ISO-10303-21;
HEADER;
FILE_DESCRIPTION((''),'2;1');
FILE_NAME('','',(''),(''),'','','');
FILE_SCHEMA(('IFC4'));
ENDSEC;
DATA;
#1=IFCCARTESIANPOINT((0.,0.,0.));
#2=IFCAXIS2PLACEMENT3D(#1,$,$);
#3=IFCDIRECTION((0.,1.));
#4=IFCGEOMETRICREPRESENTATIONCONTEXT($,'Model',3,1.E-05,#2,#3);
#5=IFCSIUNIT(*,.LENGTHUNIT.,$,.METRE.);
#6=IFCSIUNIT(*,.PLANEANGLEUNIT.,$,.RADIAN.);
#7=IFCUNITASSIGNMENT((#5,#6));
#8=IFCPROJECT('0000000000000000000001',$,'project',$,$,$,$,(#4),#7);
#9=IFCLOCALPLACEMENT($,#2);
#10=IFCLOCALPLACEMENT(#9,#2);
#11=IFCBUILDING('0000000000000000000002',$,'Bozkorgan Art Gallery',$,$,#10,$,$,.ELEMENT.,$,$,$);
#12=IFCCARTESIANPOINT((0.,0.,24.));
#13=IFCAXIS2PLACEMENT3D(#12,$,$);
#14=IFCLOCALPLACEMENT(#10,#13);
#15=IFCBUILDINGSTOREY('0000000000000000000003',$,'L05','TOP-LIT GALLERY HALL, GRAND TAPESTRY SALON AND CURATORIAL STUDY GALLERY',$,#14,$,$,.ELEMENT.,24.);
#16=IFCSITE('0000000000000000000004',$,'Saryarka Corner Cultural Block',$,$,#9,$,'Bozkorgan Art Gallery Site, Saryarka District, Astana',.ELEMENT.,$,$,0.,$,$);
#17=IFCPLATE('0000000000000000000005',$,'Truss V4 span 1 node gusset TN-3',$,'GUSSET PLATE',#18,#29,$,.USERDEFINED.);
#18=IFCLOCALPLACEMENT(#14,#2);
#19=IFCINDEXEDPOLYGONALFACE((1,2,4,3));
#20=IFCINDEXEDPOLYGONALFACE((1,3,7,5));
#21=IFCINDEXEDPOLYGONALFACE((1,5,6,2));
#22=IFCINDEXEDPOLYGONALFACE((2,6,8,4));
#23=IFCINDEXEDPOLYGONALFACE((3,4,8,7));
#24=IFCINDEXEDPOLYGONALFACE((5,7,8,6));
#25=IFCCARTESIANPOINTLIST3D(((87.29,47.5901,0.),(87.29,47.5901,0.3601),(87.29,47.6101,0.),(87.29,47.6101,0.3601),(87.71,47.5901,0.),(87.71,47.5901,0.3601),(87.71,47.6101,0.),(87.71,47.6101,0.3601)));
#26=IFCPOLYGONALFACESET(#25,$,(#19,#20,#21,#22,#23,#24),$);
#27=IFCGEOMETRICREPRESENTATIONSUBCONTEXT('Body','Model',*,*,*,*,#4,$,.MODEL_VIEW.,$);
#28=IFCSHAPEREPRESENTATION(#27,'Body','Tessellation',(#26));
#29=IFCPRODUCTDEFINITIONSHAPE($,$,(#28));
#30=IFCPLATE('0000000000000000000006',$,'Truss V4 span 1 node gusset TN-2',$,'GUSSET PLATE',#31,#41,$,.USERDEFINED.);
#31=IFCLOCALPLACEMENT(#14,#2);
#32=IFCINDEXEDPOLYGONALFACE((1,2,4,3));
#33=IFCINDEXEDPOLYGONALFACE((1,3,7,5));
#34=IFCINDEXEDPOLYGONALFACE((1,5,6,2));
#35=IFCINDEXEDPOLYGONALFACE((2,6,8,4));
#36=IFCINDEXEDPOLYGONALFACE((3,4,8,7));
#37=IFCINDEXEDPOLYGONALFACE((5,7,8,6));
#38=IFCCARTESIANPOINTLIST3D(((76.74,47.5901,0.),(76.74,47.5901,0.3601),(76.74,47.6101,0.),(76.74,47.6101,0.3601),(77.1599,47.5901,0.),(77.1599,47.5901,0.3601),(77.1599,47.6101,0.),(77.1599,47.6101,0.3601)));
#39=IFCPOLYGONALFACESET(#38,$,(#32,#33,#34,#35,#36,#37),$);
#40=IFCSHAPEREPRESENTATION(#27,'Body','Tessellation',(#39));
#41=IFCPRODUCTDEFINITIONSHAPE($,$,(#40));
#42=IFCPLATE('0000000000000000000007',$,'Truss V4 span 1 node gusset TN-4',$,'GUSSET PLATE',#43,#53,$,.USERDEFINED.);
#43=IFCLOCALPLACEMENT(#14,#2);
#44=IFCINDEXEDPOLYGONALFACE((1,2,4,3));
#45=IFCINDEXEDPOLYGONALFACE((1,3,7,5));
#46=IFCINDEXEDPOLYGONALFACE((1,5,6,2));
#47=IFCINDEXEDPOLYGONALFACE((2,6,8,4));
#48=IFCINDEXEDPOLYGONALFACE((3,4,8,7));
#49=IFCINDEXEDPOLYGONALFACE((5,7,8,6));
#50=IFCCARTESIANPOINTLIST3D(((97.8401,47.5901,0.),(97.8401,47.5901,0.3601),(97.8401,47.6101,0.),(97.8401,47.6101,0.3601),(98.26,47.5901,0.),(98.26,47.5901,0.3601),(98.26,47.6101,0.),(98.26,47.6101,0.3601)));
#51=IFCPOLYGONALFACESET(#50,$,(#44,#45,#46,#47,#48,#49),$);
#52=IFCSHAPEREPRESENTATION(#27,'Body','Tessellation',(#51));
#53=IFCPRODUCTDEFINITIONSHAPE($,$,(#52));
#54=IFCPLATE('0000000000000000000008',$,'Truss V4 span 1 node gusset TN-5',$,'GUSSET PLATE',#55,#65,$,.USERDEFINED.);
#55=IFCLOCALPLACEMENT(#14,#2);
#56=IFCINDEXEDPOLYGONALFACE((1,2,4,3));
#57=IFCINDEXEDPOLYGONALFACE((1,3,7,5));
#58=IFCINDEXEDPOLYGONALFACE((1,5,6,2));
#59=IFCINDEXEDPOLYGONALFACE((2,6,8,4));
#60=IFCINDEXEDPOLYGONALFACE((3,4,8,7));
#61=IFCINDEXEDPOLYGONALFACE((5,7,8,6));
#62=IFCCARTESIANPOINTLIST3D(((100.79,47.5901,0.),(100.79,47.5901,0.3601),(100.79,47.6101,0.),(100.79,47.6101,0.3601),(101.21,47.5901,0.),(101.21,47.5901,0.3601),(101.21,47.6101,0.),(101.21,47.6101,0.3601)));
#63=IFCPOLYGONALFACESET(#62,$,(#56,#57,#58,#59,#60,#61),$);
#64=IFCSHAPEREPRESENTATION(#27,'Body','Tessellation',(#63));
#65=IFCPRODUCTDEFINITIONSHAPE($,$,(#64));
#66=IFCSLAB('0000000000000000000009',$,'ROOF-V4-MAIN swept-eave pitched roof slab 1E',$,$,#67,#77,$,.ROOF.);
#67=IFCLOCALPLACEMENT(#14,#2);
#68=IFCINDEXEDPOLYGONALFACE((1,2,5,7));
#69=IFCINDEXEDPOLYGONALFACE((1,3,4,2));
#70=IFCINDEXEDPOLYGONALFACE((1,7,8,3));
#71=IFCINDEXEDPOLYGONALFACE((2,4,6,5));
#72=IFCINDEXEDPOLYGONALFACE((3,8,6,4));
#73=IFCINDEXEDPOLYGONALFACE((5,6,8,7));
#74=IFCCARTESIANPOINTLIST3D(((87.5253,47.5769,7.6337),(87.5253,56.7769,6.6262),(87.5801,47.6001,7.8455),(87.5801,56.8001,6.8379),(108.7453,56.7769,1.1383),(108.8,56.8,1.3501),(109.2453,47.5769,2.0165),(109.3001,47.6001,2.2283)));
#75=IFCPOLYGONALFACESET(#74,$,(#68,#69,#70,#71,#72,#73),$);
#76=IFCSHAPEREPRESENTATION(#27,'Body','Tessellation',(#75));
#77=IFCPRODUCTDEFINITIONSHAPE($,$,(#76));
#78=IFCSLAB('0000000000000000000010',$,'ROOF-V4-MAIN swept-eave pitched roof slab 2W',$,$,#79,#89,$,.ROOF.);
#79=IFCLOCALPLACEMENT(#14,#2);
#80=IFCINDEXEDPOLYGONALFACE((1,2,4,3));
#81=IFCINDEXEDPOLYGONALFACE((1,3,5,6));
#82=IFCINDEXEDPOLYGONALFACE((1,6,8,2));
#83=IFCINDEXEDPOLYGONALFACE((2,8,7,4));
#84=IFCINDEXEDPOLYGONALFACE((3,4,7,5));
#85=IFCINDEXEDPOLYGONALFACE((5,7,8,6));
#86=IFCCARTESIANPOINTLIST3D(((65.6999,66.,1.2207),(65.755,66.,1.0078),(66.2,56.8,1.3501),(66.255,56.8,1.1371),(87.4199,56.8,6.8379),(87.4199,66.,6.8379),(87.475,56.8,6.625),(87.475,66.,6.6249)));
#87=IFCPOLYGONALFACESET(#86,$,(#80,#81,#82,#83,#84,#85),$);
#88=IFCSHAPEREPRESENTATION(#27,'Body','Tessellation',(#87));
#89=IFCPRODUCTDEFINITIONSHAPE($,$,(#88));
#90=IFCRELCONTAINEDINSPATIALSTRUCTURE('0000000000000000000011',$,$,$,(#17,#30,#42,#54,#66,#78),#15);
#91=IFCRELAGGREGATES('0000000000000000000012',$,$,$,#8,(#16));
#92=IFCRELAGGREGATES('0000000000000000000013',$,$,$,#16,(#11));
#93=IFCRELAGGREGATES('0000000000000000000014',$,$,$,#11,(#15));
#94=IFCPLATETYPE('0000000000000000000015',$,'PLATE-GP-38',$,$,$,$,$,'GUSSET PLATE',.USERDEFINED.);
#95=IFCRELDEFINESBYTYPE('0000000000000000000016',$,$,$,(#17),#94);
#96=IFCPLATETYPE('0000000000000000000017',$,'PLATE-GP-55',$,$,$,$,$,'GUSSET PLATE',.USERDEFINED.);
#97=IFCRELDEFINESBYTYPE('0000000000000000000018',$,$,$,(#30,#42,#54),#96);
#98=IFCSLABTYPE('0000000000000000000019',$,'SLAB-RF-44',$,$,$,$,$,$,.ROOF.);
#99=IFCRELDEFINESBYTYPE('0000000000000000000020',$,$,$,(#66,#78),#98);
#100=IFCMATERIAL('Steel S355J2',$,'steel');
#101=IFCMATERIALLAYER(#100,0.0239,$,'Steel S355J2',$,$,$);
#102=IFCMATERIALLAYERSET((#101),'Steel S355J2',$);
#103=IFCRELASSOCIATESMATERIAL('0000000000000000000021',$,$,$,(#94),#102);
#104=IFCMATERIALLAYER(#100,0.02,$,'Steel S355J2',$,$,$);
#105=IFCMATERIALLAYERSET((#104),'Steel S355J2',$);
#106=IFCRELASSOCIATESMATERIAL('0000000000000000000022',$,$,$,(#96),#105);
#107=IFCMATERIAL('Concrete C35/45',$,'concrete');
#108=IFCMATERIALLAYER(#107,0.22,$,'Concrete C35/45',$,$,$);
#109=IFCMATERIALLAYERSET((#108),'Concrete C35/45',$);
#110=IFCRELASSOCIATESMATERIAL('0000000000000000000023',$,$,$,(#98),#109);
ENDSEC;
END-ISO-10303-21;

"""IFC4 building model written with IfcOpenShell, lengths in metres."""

from ifc_helpers import new_model, si_unit, direction, frame, origin, origin_2d, place, context, subcontext, project, spatial, polyline, rectangle, outline, extrude, material, layer, layer_set, type_object, element, save


model = new_model("IFC4")

# Units and contexts
model_context = context("Model", 3, precision=1e-05, world=origin(), true_north=direction((0.0, 1.0)))
body_context = subcontext(model_context, "Body", "Model", "MODEL_VIEW")
ifc_project = project(units=[si_unit("LENGTHUNIT", "METRE"), si_unit("PLANEANGLEUNIT", "RADIAN")], contexts=[model_context])

# Site, building, storey
site_placement = place(None, origin())
site = spatial("IfcSite", under=ifc_project, at=site_placement, Name="Saryarka Corner Cultural Block", LongName="Bozkorgan Art Gallery Site, Saryarka District, Astana", CompositionType="ELEMENT", RefElevation=0.0)
building_placement = place(site_placement, origin())
building = spatial("IfcBuilding", under=site, at=building_placement, Name="Bozkorgan Art Gallery", CompositionType="ELEMENT")
storey_placement = place(building_placement, frame((0.0, 0.0, 24.0)))
storey = spatial("IfcBuildingStorey", under=building, at=storey_placement, Name="L05", Description="TOP-LIT GALLERY HALL, GRAND TAPESTRY SALON AND CURATORIAL STUDY GALLERY", CompositionType="ELEMENT", Elevation=24.0)

# Shared definitions
ifc_material_1 = material(Name="Steel S355J2", Category="steel")

# Plates
ifc_layer_1 = layer(ifc_material_1, 0.0239, Name="Steel S355J2")
ifc_layer_set_1 = layer_set([ifc_layer_1], Name="Steel S355J2")
plate_type_1 = type_object("IfcPlateType", Name="PLATE-GP-38", ElementType="GUSSET PLATE", PredefinedType="USERDEFINED", material=ifc_layer_set_1)
plate_placement = place(storey_placement, frame((87.5, 47.6001, 0.0), z_axis=(0.0, 0.0, 1.0), x_axis=(1.0, 0.0, 0.0)))
element("IfcPlate", 1, at=plate_placement, inside=storey, type_object=plate_type_1, Name="Truss V4 span 1 node gusset TN-3", ObjectType="GUSSET PLATE", PredefinedType="USERDEFINED", context=body_context, shape_type="SweptSolid", body=[
    extrude(rectangle(XDim=0.4199, YDim=0.02, at=origin_2d()), origin(), (0.0, 0.0, 1.0), 0.3601),
])
ifc_layer_2 = layer(ifc_material_1, 0.02, Name="Steel S355J2")
ifc_layer_set_2 = layer_set([ifc_layer_2], Name="Steel S355J2")
plate_type_2 = type_object("IfcPlateType", Name="PLATE-GP-55", ElementType="GUSSET PLATE", PredefinedType="USERDEFINED", material=ifc_layer_set_2)
for number, where, z_axis, x_axis, name in (
    (2, (76.95, 47.6001, 0.0), (0.0, 0.0, 1.0), (1.0, 0.0, 0.0), "Truss V4 span 1 node gusset TN-2"),
    (3, (98.05, 47.6001, 0.0), (0.0, 0.0, 1.0), (1.0, 0.0, 0.0), "Truss V4 span 1 node gusset TN-4"),
    (4, (101.0, 47.6001, 0.0), (0.0, 0.0, 1.0), (1.0, 0.0, 0.0), "Truss V4 span 1 node gusset TN-5"),
):
    element("IfcPlate", number, at=place(storey_placement, frame(where, z_axis=z_axis, x_axis=x_axis)), inside=storey, type_object=plate_type_2, Name=name, ObjectType="GUSSET PLATE", PredefinedType="USERDEFINED", context=body_context, shape_type="SweptSolid", body=[
        extrude(rectangle(XDim=0.4199, YDim=0.02, at=origin_2d()), origin(), (0.0, 0.0, 1.0), 0.3601),
    ])

# Slabs
ifc_material_2 = material(Name="Concrete C35/45", Category="concrete")
ifc_layer_3 = layer(ifc_material_2, 0.22, Name="Concrete C35/45")
ifc_layer_set_3 = layer_set([ifc_layer_3], Name="Concrete C35/45")
slab_type = type_object("IfcSlabType", Name="SLAB-RF-44", PredefinedType="ROOF", material=ifc_layer_set_3)
slab_1_placement = place(storey_placement, frame((87.5801, 47.6001, 7.8455), z_axis=(0.248984, 0.105435, 0.962752), x_axis=(0.968148, 0.0, -0.250379)))
element("IfcSlab", 5, at=slab_1_placement, inside=storey, type_object=slab_type, Name="ROOF-V4-MAIN swept-eave pitched roof slab 1E", PredefinedType="ROOF", context=body_context, shape_type="SweptSolid", body=[
    extrude(outline(polyline([(0.0, 0.0), (22.4346, 0.0), (22.1704, 9.2515), (0.2523, 9.2515), (0.0, 0.0)])), origin(), (0.0, 0.0, -1.0), 0.22),
])
slab_2_placement = place(storey_placement, frame((66.2, 56.8, 1.3501), z_axis=(-0.250379, 0.000005, 0.968148), x_axis=(0.968148, 0.0, 0.250379)))
element("IfcSlab", 6, at=slab_2_placement, inside=storey, type_object=slab_type, Name="ROOF-V4-MAIN swept-eave pitched roof slab 2W", PredefinedType="ROOF", context=body_context, shape_type="SweptSolid", body=[
    extrude(outline(polyline([(0.0, 0.0), (21.9181, 0.0), (21.9181, 9.2), (-0.5165, 9.2), (0.0, 0.0)])), origin(), (0.0, 0.0, -1.0), 0.22),
])

save(model, "model.ifc")
